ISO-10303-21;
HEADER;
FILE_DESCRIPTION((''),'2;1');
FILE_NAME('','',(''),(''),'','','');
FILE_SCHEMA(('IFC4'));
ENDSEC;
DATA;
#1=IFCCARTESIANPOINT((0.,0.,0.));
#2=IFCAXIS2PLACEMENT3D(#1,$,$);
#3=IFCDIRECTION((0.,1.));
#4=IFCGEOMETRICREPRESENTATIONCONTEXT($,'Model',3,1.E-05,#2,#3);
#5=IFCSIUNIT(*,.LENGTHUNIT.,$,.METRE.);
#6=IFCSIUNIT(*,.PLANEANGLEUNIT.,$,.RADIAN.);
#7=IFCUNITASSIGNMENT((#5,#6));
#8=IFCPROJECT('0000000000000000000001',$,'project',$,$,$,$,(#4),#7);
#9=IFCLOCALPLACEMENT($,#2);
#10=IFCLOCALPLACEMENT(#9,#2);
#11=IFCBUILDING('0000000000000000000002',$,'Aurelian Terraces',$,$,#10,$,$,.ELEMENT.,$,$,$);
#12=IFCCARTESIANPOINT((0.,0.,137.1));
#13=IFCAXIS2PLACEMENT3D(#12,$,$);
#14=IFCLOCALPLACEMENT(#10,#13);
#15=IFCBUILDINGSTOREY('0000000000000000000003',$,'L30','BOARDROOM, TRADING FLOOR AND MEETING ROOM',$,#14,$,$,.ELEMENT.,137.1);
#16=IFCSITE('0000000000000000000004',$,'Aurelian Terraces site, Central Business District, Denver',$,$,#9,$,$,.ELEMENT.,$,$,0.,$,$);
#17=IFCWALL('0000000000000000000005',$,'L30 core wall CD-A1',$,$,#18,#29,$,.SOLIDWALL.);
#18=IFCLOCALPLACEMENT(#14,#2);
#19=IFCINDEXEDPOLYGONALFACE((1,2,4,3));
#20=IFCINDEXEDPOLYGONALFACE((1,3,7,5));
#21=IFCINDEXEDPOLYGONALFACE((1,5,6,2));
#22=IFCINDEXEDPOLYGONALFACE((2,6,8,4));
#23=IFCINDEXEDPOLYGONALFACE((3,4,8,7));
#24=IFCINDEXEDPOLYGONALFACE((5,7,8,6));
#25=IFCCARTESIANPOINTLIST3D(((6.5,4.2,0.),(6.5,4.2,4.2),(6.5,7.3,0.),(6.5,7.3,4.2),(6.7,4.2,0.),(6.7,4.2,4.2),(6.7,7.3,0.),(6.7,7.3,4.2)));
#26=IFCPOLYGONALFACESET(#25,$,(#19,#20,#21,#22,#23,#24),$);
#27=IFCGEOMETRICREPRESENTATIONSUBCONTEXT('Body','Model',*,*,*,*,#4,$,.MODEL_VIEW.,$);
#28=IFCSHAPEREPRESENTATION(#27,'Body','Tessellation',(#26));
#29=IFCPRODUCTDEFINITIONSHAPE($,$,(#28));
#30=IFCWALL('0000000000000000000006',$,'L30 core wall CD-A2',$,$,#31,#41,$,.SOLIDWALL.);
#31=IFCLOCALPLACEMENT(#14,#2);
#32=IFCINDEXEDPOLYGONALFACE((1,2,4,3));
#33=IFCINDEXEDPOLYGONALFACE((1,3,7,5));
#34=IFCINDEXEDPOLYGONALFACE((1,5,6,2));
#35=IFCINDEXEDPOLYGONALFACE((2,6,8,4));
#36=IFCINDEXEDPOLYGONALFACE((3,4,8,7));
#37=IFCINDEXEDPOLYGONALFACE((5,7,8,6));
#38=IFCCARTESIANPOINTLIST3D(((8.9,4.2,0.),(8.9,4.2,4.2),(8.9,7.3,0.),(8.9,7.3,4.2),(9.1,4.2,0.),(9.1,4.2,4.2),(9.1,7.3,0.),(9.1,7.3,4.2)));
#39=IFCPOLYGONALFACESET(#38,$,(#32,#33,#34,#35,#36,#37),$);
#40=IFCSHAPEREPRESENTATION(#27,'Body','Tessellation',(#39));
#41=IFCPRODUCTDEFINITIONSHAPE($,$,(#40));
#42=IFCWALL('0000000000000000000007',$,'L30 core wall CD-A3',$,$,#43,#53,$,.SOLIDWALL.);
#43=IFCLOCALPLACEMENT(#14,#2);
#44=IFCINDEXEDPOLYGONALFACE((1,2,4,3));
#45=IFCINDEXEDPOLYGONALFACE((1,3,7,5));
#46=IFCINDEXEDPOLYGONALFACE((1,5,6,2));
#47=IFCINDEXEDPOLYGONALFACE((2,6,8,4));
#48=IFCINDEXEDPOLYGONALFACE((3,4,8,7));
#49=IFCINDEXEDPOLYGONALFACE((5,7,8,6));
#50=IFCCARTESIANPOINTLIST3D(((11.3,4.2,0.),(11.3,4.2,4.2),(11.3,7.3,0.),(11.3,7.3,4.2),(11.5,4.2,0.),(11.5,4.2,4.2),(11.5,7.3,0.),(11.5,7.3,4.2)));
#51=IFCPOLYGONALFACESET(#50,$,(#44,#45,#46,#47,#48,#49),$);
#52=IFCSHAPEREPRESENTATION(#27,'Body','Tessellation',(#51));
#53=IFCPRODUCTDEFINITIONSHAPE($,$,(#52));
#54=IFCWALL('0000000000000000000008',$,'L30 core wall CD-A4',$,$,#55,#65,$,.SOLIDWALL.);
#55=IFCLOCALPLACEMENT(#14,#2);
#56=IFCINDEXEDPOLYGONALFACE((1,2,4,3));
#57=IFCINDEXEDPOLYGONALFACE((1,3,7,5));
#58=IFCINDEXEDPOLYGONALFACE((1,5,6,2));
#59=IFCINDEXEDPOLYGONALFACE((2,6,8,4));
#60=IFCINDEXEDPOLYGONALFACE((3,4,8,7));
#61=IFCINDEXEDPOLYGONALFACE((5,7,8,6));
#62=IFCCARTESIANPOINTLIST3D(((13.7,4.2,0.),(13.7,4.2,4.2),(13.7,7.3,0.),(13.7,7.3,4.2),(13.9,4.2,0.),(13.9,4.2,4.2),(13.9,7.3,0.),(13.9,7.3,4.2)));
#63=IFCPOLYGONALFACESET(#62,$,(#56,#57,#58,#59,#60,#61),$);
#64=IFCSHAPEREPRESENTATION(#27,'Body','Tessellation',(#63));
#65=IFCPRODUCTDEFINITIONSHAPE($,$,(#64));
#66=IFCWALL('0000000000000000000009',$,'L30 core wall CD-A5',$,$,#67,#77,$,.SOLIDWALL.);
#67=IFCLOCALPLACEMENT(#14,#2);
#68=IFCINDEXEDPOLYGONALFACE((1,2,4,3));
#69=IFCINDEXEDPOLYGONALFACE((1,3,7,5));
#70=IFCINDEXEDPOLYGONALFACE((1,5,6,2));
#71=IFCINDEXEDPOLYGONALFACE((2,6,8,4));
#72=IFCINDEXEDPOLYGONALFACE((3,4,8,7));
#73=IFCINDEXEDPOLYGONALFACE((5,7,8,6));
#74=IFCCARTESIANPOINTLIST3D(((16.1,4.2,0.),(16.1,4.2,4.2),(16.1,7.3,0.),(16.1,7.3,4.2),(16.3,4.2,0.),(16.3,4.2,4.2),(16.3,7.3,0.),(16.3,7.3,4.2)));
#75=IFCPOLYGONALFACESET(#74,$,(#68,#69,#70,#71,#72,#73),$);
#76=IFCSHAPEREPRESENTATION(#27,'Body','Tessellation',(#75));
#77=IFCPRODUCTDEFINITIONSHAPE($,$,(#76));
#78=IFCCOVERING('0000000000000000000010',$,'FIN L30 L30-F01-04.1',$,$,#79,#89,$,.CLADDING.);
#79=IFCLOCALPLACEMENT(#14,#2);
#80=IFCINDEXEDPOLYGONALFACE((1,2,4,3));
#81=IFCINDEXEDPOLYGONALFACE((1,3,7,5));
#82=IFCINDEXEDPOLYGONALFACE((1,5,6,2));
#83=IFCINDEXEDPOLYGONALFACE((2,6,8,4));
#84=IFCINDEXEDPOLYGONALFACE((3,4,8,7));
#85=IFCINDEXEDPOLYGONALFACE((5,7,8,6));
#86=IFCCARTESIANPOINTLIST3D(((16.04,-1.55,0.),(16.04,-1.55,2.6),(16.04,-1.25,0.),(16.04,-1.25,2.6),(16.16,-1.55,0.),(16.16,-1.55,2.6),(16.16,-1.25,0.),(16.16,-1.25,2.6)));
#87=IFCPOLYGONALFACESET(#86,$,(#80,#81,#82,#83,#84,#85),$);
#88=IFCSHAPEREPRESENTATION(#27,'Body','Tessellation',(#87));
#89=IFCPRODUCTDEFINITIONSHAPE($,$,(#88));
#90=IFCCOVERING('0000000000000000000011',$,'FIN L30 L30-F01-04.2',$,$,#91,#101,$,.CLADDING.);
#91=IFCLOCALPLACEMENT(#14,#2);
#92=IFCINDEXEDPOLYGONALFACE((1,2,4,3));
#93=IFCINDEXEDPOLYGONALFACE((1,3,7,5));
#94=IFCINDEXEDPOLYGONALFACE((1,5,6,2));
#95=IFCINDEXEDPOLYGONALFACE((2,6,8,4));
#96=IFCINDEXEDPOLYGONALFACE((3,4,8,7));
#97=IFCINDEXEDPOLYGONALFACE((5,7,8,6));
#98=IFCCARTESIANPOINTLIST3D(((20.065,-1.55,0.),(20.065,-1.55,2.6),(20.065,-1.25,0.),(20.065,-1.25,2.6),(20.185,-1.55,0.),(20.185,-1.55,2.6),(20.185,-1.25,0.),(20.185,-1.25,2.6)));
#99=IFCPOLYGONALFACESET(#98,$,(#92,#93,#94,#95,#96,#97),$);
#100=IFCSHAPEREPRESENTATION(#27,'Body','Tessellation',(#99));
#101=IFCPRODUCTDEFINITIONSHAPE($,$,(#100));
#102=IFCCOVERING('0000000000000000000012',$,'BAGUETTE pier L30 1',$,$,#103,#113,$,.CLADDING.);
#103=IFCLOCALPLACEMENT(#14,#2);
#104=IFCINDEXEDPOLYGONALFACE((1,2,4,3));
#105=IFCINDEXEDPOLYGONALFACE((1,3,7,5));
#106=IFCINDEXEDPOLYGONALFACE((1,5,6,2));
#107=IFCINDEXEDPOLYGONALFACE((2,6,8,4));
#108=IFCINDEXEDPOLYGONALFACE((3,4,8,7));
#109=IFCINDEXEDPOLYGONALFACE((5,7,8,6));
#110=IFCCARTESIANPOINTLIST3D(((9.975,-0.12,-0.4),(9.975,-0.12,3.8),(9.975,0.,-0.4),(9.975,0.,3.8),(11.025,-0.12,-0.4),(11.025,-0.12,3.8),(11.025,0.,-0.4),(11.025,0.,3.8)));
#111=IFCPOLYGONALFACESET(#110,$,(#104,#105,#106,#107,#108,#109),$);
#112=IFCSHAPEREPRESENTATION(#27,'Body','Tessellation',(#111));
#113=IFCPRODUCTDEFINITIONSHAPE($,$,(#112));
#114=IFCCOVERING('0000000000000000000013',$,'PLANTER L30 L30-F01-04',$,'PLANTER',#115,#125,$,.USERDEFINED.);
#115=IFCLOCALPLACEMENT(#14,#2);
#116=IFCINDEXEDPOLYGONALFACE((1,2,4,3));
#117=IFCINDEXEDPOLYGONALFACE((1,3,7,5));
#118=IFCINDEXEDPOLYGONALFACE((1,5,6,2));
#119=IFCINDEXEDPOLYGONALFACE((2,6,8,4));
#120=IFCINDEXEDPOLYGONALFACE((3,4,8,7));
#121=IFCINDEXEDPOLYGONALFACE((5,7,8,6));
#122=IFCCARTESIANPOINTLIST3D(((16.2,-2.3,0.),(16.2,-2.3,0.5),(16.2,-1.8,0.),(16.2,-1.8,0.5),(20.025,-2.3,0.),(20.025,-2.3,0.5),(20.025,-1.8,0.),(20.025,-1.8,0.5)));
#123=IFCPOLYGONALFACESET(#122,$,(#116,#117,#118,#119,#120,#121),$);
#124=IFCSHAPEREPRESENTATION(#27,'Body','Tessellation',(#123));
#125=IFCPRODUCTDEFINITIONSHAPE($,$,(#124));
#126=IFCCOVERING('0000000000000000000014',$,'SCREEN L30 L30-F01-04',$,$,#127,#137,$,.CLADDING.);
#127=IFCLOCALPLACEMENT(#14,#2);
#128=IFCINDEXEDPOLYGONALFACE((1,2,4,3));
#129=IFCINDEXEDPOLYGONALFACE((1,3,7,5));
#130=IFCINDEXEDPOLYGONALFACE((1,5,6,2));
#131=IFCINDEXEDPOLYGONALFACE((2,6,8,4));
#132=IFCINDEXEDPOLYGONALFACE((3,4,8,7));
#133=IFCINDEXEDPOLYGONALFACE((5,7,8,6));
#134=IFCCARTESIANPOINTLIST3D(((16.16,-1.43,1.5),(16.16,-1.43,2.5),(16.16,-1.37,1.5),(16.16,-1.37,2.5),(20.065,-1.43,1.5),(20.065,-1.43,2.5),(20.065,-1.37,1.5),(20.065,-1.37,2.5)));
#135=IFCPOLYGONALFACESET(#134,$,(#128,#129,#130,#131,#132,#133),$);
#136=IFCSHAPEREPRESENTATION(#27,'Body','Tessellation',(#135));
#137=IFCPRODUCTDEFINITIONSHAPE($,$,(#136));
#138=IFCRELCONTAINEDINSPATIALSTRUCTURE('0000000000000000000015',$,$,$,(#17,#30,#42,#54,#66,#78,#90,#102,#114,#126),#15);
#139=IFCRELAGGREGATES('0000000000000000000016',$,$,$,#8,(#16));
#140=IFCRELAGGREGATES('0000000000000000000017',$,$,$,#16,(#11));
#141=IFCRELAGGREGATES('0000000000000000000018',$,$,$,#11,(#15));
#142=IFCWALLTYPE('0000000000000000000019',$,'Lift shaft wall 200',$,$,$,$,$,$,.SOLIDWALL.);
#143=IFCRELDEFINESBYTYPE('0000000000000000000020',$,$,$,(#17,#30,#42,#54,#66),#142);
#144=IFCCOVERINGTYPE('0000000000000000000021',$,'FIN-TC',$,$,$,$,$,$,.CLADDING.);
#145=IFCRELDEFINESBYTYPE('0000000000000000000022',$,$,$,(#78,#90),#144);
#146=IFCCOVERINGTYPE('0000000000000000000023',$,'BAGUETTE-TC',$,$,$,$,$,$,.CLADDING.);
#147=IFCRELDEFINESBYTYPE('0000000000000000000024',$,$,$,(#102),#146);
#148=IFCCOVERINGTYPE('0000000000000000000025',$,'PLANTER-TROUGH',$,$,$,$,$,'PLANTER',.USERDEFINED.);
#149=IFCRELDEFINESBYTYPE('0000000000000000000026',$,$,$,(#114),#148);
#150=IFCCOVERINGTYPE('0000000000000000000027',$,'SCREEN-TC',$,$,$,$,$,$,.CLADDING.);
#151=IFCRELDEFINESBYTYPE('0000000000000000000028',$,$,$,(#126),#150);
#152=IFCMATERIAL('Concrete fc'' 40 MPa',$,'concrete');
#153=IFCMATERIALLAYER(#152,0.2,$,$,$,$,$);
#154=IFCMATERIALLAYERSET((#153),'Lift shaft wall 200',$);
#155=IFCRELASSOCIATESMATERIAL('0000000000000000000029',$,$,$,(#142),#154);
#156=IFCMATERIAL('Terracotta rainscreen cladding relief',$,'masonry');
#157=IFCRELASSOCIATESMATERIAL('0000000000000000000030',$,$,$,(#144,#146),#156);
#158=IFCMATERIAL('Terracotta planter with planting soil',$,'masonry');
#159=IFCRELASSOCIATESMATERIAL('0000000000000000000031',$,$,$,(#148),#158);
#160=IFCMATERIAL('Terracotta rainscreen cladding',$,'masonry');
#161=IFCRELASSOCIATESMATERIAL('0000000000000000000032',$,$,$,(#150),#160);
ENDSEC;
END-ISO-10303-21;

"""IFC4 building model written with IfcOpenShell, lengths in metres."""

from ifc_helpers import new_model, si_unit, direction, frame, frame_2d, origin, origin_2d, place, context, subcontext, project, spatial, rectangle, extrude, source, transform, mapped, material, layer, layer_set, type_object, element, save


model = new_model("IFC4")

# Units and contexts
model_context = context("Model", 3, precision=1e-05, world=origin(), true_north=direction((0.0, 1.0)))
body_context = subcontext(model_context, "Body", "Model", "MODEL_VIEW")
ifc_project = project(units=[si_unit("LENGTHUNIT", "METRE"), si_unit("PLANEANGLEUNIT", "RADIAN")], contexts=[model_context])

# Site, building, storey
site_placement = place(None, origin())
site = spatial("IfcSite", under=ifc_project, at=site_placement, Name="Aurelian Terraces site, Central Business District, Denver", CompositionType="ELEMENT", RefElevation=0.0)
building_placement = place(site_placement, origin())
building = spatial("IfcBuilding", under=site, at=building_placement, Name="Aurelian Terraces", CompositionType="ELEMENT")
storey_placement = place(building_placement, frame((0.0, 0.0, 137.1)))
storey = spatial("IfcBuildingStorey", under=building, at=storey_placement, Name="L30", Description="BOARDROOM, TRADING FLOOR AND MEETING ROOM", CompositionType="ELEMENT", Elevation=137.1)

# Shared definitions
ifc_material_1 = material(Name="Terracotta rainscreen cladding", Category="masonry")

# Walls
ifc_material_2 = material(Name="Concrete fc' 40 MPa", Category="concrete")
ifc_layer_1 = layer(ifc_material_2, 0.2)
ifc_layer_set_1 = layer_set([ifc_layer_1], Name="Lift shaft wall 200")
wall_type_1 = type_object("IfcWallType", Name="Lift shaft wall 200", PredefinedType="SOLIDWALL", material=ifc_layer_set_1)
shared_shape_1 = source(origin(), body_context, "Body", "SweptSolid", [
    extrude(rectangle(XDim=3.1, YDim=0.2, at=frame_2d((1.55, 0.0))), origin(), (0.0, 0.0, 1.0), 4.2),
])
for number, where, z_axis, x_axis, name in (
    (1, (6.6, 4.2, 0.0), (0.0, 0.0, 1.0), (0.0, 1.0, 0.0), "L30 core wall CD-A1"),
    (2, (9.0, 4.2, 0.0), (0.0, 0.0, 1.0), (0.0, 1.0, 0.0), "L30 core wall CD-A2"),
    (3, (11.4, 4.2, 0.0), (0.0, 0.0, 1.0), (0.0, 1.0, 0.0), "L30 core wall CD-A3"),
    (4, (13.8, 4.2, 0.0), (0.0, 0.0, 1.0), (0.0, 1.0, 0.0), "L30 core wall CD-A4"),
    (5, (16.2, 4.2, 0.0), (0.0, 0.0, 1.0), (0.0, 1.0, 0.0), "L30 core wall CD-A5"),
):
    element("IfcWall", number, at=place(storey_placement, frame(where, z_axis=z_axis, x_axis=x_axis)), inside=storey, type_object=wall_type_1, Name=name, PredefinedType="SOLIDWALL", context=body_context, shape_type="MappedRepresentation", body=[
        mapped(shared_shape_1, transform((0.0, 0.0, 0.0), scale=1.0)),
    ])

# Coverings
ifc_material_3 = material(Name="Terracotta rainscreen cladding relief", Category="masonry")
covering_type_1 = type_object("IfcCoveringType", Name="FIN-TC", PredefinedType="CLADDING", material=ifc_material_3)
shared_shape_2 = source(origin(), body_context, "Body", "SweptSolid", [
    extrude(rectangle(XDim=0.12, YDim=0.3, at=origin_2d()), origin(), (0.0, 0.0, 1.0), 2.6),
])
for number, where, z_axis, x_axis, name in (
    (6, (16.1, -1.4, 0.0), (0.0, 0.0, 1.0), (1.0, 0.0, 0.0), "FIN L30 L30-F01-04.1"),
    (7, (20.125, -1.4, 0.0), (0.0, 0.0, 1.0), (1.0, 0.0, 0.0), "FIN L30 L30-F01-04.2"),
):
    element("IfcCovering", number, at=place(storey_placement, frame(where, z_axis=z_axis, x_axis=x_axis)), inside=storey, type_object=covering_type_1, Name=name, PredefinedType="CLADDING", context=body_context, shape_type="MappedRepresentation", body=[
        mapped(shared_shape_2, transform((0.0, 0.0, 0.0), scale=1.0)),
    ])
covering_type_2 = type_object("IfcCoveringType", Name="BAGUETTE-TC", PredefinedType="CLADDING", material=ifc_material_3)
shared_shape_3 = source(origin(), body_context, "Body", "SweptSolid", [
    extrude(rectangle(XDim=1.05, YDim=0.12, at=origin_2d()), origin(), (0.0, 0.0, 1.0), 4.2),
])
covering_1_placement = place(storey_placement, frame((10.5, -0.06, -0.4), z_axis=(0.0, 0.0, 1.0), x_axis=(1.0, 0.0, 0.0)))
element("IfcCovering", 8, at=covering_1_placement, inside=storey, type_object=covering_type_2, Name="BAGUETTE pier L30 1", PredefinedType="CLADDING", context=body_context, shape_type="MappedRepresentation", body=[
    mapped(shared_shape_3, transform((0.0, 0.0, 0.0), scale=1.0)),
])

# Coverings
ifc_material_4 = material(Name="Terracotta planter with planting soil", Category="masonry")
covering_type_3 = type_object("IfcCoveringType", Name="PLANTER-TROUGH", ElementType="PLANTER", PredefinedType="USERDEFINED", material=ifc_material_4)
shared_shape_4 = source(origin(), body_context, "Body", "SweptSolid", [
    extrude(rectangle(XDim=3.825, YDim=0.5, at=origin_2d()), origin(), (0.0, 0.0, 1.0), 0.5),
])
covering_2_placement = place(storey_placement, frame((18.1125, -2.05, 0.0), z_axis=(0.0, 0.0, 1.0), x_axis=(1.0, 0.0, 0.0)))
element("IfcCovering", 9, at=covering_2_placement, inside=storey, type_object=covering_type_3, Name="PLANTER L30 L30-F01-04", ObjectType="PLANTER", PredefinedType="USERDEFINED", context=body_context, shape_type="MappedRepresentation", body=[
    mapped(shared_shape_4, transform((0.0, 0.0, 0.0), scale=1.0)),
])
covering_type_4 = type_object("IfcCoveringType", Name="SCREEN-TC", PredefinedType="CLADDING", material=ifc_material_1)
shared_shape_5 = source(origin(), body_context, "Body", "SweptSolid", [
    extrude(rectangle(XDim=3.905, YDim=0.06, at=origin_2d()), origin(), (0.0, 0.0, 1.0), 1.0),
])
covering_3_placement = place(storey_placement, frame((18.1125, -1.4, 1.5), z_axis=(0.0, 0.0, 1.0), x_axis=(1.0, 0.0, 0.0)))
element("IfcCovering", 10, at=covering_3_placement, inside=storey, type_object=covering_type_4, Name="SCREEN L30 L30-F01-04", PredefinedType="CLADDING", context=body_context, shape_type="MappedRepresentation", body=[
    mapped(shared_shape_5, transform((0.0, 0.0, 0.0), scale=1.0)),
])

save(model, "model.ifc")
